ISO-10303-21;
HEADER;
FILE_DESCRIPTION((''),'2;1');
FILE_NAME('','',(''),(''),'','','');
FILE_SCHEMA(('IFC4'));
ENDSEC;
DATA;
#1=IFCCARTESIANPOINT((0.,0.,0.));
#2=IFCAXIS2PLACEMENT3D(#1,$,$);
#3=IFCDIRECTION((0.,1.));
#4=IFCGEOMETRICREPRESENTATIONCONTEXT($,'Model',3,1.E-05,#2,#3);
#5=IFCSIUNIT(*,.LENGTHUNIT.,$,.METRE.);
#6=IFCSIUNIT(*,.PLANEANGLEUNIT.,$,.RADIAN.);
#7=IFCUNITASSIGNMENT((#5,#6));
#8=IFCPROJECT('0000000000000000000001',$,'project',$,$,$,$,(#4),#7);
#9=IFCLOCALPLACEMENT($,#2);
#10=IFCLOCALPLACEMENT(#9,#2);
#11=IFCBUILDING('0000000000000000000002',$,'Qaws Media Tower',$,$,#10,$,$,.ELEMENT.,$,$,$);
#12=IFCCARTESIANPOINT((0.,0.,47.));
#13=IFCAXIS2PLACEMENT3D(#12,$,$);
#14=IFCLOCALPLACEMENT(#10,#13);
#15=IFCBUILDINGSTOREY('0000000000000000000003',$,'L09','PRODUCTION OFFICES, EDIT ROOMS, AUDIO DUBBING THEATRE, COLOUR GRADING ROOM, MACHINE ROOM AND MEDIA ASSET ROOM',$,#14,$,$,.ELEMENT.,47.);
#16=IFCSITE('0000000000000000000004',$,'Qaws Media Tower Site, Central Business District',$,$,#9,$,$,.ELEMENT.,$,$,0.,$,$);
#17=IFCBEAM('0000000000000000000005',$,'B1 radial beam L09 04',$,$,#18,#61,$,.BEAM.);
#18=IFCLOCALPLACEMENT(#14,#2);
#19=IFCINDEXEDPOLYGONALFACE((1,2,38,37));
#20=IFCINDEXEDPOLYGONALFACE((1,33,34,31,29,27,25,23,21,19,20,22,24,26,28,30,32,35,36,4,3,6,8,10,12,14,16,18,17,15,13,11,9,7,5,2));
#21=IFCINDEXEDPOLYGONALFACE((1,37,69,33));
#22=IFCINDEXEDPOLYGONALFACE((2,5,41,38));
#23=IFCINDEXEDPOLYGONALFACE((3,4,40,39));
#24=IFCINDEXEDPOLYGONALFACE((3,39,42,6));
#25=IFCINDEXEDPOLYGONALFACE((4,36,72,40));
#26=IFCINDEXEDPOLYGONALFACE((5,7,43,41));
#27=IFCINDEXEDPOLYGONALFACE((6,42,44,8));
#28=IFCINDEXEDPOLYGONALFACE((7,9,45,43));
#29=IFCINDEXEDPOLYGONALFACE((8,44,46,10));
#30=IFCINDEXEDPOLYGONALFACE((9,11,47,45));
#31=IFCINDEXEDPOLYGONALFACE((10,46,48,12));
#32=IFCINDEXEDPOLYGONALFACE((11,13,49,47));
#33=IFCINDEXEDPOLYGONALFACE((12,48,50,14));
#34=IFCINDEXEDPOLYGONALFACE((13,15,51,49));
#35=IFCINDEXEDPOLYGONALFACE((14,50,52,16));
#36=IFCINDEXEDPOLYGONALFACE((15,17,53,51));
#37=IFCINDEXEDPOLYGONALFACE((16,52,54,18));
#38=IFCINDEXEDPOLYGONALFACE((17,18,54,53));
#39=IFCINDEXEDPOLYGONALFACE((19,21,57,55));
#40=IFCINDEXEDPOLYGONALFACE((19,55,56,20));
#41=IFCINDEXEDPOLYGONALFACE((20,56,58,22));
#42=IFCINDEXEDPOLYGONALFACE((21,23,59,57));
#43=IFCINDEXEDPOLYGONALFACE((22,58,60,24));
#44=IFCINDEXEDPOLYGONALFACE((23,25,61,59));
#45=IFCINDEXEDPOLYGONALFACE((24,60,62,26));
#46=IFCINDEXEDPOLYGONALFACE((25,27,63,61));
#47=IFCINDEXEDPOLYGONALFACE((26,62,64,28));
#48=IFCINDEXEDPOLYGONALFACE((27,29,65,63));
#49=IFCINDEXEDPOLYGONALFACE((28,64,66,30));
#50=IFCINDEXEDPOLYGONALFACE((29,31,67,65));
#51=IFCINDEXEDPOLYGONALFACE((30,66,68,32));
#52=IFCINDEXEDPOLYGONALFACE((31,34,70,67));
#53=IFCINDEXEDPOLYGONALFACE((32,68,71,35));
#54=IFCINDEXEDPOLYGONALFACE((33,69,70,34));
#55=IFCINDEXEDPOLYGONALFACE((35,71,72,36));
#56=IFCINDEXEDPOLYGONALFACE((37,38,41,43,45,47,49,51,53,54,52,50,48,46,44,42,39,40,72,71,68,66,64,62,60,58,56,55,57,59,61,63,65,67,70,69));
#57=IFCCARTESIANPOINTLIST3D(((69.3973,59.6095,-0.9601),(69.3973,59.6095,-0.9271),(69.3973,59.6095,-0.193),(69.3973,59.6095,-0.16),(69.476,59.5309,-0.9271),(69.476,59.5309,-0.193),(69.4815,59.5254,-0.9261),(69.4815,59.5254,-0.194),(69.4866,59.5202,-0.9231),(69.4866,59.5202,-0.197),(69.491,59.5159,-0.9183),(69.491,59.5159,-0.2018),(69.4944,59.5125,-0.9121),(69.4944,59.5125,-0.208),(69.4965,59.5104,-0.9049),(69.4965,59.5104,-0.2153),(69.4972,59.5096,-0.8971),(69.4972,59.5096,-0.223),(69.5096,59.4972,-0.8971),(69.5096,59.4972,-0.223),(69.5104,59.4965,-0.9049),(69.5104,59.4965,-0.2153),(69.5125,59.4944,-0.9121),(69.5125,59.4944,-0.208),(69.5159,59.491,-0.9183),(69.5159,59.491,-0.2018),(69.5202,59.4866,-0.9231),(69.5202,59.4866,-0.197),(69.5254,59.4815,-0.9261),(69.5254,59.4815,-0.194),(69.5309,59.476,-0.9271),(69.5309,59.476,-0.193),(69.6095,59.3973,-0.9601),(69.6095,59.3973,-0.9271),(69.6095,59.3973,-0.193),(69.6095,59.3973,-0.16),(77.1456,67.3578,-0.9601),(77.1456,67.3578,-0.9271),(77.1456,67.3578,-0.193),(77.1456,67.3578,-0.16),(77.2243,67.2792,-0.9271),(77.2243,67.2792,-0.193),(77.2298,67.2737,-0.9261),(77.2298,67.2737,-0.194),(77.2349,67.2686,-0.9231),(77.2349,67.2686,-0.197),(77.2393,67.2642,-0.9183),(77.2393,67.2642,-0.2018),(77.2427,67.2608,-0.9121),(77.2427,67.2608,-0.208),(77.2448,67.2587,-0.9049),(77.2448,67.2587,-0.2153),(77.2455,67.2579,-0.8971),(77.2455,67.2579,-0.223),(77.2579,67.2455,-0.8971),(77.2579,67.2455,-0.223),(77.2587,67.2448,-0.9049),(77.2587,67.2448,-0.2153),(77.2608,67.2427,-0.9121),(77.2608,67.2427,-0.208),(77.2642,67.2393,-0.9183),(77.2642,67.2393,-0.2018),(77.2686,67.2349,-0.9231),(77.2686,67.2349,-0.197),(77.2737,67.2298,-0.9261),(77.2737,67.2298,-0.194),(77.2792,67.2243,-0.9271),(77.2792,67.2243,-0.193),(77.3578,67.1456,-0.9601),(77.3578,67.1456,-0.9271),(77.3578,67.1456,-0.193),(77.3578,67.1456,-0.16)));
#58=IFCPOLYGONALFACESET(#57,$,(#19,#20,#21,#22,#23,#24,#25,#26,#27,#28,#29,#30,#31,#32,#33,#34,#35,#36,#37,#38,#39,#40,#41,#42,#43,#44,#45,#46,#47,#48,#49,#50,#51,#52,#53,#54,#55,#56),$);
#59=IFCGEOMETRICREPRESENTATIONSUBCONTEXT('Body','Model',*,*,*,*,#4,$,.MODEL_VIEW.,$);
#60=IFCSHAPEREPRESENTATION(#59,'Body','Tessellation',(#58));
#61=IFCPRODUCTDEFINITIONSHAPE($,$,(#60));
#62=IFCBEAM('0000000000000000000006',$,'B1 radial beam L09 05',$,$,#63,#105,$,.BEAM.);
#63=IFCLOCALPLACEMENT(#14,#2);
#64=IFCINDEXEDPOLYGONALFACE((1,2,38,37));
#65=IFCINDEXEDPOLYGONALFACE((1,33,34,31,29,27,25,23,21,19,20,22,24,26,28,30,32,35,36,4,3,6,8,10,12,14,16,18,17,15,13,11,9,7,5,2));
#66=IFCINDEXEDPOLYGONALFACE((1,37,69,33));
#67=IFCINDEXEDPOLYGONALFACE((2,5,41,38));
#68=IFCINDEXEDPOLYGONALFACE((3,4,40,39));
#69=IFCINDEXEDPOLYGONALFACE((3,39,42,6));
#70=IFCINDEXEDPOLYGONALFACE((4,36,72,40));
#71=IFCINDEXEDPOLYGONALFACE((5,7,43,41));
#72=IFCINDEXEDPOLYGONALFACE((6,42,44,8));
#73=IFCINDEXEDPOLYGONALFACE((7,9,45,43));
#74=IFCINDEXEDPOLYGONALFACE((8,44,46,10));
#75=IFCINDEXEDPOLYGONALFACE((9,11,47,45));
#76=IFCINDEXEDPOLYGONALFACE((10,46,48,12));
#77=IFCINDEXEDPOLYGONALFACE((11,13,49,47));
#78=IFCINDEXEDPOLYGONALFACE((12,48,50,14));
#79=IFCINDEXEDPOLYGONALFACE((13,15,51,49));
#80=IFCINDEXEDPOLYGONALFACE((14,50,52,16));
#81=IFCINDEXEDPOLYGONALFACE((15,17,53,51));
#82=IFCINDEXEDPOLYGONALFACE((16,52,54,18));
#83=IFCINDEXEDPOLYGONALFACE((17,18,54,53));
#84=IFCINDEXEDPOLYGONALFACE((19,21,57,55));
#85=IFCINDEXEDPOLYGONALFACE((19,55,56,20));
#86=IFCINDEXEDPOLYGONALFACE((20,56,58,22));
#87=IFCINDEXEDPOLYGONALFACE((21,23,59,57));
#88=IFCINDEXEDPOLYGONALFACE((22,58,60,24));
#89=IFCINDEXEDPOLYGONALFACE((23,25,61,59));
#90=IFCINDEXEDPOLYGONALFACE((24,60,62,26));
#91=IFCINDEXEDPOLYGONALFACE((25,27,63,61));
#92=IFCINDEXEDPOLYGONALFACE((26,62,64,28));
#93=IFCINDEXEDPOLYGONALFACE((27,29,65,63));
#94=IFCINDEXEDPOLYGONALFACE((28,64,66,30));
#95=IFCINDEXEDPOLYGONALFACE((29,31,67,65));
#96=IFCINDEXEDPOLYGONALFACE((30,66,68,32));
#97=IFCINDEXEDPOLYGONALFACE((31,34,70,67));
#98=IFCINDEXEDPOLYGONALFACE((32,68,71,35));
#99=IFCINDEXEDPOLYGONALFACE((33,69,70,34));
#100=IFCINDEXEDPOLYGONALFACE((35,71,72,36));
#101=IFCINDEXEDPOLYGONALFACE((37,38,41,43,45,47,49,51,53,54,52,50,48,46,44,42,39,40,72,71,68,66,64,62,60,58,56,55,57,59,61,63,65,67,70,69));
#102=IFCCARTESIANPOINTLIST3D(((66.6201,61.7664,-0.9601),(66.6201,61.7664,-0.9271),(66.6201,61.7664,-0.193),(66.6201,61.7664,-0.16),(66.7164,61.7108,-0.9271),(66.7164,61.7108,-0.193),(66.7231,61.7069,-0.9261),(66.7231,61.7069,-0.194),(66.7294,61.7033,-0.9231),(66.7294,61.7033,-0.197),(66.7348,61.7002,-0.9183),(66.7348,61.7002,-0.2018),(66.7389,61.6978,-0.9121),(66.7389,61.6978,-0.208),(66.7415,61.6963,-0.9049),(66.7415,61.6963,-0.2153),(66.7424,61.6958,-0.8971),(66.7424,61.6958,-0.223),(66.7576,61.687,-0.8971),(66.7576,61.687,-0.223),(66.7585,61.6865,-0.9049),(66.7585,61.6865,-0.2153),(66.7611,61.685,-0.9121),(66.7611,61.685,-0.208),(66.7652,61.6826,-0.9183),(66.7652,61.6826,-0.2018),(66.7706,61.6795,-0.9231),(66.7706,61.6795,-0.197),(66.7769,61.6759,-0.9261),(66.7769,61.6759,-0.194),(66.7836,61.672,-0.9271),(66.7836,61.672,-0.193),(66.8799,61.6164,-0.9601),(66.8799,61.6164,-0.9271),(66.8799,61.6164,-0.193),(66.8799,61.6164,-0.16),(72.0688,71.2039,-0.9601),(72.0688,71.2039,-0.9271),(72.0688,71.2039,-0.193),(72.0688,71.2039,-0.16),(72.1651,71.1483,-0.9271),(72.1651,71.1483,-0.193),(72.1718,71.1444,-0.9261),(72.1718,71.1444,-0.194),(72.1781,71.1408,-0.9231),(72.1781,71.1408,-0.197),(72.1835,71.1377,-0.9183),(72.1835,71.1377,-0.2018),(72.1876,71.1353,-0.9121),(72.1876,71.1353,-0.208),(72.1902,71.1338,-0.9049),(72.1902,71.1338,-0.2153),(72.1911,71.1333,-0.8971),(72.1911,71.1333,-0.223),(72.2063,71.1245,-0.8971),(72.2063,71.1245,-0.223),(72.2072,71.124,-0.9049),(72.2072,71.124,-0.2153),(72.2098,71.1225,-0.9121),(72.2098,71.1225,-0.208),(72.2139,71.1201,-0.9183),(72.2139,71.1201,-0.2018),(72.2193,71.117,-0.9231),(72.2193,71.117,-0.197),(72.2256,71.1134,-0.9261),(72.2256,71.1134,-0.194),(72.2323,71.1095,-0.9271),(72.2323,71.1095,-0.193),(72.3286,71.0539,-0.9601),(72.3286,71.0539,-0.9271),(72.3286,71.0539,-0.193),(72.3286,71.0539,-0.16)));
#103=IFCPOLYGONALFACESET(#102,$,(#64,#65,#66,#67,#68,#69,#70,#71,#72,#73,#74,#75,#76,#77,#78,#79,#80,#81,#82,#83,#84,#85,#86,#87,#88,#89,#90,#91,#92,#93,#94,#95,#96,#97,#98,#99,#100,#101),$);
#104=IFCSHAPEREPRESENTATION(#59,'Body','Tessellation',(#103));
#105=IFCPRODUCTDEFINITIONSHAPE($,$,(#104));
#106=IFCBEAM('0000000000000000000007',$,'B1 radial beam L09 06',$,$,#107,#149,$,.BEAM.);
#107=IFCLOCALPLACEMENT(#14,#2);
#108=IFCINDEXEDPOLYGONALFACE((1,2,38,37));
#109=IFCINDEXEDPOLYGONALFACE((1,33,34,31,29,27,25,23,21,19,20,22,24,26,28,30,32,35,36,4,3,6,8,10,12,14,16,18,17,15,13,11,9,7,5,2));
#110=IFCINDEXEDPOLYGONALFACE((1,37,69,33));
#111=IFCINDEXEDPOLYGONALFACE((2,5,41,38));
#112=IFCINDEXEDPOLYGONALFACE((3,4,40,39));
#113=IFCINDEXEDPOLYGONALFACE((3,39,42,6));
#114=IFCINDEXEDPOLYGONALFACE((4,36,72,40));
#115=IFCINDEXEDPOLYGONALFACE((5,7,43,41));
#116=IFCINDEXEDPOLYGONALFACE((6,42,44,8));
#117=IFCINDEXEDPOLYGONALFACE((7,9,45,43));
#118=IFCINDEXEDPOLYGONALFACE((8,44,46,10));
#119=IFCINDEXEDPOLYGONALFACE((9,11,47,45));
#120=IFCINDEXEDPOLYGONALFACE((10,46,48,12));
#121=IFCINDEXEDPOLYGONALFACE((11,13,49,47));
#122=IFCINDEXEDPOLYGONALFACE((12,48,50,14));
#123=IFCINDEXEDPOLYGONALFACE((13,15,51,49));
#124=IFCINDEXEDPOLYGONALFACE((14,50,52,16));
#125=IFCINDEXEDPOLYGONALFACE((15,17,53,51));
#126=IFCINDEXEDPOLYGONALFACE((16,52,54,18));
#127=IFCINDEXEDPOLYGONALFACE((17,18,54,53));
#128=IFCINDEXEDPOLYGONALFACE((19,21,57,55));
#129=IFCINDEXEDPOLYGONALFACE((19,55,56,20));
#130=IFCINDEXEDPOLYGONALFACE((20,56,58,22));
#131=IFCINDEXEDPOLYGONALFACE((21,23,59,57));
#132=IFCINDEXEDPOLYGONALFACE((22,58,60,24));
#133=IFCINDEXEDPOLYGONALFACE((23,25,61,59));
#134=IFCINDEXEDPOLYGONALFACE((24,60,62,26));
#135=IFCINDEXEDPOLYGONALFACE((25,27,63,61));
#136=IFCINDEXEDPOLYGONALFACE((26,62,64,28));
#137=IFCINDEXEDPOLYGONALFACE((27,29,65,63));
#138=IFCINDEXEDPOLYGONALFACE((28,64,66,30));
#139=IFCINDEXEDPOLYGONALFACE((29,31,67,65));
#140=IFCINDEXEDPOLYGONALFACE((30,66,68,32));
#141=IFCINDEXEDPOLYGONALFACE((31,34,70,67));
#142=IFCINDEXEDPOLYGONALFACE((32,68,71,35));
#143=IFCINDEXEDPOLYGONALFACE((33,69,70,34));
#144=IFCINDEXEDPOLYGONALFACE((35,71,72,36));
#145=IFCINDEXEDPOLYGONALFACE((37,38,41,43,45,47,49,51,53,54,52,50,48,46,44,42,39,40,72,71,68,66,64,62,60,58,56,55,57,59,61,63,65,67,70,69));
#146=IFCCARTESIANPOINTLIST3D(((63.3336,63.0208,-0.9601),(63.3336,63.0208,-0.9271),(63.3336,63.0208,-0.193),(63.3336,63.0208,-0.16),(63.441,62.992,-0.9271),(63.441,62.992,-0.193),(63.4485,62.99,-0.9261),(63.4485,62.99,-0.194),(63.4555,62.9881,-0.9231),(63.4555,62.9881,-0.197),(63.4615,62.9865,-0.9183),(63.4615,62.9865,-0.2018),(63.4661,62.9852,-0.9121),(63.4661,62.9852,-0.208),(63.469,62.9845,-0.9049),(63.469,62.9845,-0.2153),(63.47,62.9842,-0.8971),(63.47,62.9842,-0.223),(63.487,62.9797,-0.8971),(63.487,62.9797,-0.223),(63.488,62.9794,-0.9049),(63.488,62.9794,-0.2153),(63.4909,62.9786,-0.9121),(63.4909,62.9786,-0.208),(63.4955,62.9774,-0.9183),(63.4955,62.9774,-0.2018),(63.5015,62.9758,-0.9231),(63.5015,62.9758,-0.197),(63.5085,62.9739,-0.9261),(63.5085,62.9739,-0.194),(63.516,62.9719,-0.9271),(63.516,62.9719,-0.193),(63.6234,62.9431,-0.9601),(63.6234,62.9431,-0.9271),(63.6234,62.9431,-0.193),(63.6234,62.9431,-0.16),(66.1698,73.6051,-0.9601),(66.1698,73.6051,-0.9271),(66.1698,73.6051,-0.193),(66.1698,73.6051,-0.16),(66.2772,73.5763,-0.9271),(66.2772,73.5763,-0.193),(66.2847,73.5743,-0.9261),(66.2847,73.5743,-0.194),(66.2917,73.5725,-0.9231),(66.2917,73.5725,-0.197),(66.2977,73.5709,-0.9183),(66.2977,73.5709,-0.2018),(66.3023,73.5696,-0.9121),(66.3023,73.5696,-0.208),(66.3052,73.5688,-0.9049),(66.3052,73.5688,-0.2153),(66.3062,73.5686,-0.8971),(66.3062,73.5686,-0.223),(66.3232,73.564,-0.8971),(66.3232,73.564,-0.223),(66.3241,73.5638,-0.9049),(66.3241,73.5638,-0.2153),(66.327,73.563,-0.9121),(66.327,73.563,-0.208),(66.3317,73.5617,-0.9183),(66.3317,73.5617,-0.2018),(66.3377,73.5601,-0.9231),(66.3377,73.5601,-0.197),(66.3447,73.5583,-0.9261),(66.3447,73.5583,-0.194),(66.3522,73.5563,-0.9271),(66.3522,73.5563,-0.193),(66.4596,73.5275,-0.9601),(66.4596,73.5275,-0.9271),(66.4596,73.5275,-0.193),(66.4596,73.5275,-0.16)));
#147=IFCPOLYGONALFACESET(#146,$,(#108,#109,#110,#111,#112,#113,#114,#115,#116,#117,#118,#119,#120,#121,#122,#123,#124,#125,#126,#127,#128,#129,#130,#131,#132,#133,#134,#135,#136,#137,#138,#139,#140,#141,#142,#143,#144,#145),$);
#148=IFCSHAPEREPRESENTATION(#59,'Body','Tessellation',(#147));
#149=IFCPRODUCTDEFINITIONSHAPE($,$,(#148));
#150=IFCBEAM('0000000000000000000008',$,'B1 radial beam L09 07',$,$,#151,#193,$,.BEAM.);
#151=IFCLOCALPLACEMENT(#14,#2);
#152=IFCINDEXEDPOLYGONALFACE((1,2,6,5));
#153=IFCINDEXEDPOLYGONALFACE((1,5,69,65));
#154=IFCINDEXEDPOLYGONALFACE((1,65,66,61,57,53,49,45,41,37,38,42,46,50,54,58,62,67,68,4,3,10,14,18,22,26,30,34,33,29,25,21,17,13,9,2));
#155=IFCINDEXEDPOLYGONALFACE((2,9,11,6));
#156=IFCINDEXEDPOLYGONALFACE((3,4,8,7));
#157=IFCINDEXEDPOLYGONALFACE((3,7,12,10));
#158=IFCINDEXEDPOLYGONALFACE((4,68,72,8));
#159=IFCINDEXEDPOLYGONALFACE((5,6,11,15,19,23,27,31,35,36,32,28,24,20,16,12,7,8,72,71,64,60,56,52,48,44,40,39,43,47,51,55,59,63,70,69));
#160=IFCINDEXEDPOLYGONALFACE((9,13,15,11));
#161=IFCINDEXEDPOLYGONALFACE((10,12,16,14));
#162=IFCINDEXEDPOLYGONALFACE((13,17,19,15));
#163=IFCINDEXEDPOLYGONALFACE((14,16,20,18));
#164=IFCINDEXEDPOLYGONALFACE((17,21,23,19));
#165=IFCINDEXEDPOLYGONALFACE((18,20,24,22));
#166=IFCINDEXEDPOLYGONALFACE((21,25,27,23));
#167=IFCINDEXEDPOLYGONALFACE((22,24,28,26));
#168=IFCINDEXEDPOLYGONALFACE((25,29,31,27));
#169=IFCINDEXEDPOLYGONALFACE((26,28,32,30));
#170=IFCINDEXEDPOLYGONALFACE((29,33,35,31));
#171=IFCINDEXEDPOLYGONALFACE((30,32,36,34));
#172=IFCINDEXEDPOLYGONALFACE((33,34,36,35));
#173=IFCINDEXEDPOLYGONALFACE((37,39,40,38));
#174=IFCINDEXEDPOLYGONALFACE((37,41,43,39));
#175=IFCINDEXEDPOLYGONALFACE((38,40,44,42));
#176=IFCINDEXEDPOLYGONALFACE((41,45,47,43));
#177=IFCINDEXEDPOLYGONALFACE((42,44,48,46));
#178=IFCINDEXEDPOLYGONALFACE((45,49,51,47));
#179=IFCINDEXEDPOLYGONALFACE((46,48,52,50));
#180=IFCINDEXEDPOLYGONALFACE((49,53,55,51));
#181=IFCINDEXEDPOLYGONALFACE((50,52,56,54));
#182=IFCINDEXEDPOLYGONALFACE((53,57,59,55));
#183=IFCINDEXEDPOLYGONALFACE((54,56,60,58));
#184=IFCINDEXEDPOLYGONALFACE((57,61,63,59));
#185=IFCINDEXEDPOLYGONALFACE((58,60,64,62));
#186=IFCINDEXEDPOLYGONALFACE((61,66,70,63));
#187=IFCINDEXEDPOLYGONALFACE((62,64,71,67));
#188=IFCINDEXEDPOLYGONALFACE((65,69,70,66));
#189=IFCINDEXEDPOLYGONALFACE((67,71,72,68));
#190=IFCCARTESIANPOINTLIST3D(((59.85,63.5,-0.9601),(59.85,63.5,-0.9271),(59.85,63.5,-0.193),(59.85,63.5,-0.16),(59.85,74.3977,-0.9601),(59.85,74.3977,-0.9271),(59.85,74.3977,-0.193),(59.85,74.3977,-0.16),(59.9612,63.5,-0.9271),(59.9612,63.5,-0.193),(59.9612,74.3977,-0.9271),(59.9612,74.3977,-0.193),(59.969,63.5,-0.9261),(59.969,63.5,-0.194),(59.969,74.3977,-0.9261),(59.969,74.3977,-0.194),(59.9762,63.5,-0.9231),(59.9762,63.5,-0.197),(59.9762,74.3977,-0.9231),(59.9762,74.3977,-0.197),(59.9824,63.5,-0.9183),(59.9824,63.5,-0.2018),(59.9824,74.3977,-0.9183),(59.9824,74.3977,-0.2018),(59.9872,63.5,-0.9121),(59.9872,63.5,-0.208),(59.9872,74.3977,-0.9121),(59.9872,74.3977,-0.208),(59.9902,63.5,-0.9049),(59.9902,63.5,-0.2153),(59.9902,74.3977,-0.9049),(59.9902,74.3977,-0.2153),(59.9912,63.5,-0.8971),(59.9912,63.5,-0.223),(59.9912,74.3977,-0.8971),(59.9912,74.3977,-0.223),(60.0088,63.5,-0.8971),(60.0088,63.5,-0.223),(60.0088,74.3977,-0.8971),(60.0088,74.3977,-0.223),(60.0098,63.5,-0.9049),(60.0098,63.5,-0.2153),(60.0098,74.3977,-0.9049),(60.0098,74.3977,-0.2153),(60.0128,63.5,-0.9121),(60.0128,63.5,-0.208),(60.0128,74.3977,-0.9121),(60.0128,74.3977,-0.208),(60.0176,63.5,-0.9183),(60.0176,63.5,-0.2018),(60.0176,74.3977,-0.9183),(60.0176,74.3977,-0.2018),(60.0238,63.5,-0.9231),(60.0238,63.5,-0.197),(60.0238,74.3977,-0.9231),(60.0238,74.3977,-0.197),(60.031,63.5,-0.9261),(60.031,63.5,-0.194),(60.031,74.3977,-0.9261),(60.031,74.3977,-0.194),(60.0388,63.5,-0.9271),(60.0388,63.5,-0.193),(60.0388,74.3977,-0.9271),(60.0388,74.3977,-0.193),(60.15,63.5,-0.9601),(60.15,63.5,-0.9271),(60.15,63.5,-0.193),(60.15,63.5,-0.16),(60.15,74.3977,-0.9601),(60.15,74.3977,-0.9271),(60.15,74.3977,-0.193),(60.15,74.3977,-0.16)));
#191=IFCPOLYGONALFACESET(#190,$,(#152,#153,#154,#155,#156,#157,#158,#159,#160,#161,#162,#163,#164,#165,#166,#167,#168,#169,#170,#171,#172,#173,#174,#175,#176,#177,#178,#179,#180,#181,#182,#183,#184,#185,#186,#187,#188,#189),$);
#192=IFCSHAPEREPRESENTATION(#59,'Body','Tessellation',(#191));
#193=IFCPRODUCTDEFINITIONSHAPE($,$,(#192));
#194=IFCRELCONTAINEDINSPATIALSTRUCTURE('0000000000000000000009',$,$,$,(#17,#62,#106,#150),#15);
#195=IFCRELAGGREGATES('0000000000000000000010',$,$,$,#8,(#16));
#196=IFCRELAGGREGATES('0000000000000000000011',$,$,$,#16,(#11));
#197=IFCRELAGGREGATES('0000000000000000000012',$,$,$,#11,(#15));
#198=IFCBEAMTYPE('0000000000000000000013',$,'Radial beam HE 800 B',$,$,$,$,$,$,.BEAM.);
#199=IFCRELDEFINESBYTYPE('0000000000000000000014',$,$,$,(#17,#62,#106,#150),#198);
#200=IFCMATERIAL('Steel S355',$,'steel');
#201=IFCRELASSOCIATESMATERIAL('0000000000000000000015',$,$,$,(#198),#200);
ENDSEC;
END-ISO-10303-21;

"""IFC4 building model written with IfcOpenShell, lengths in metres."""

from ifc_helpers import new_model, si_unit, direction, frame, origin, origin_2d, place, context, subcontext, project, spatial, i_section, extrude, material, material_profile, profile_set, type_object, element, save


model = new_model("IFC4")

# Units and contexts
model_context = context("Model", 3, precision=1e-05, world=origin(), true_north=direction((0.0, 1.0)))
body_context = subcontext(model_context, "Body", "Model", "MODEL_VIEW")
ifc_project = project(units=[si_unit("LENGTHUNIT", "METRE"), si_unit("PLANEANGLEUNIT", "RADIAN")], contexts=[model_context])

# Site, building, storey
site_placement = place(None, origin())
site = spatial("IfcSite", under=ifc_project, at=site_placement, Name="Qaws Media Tower Site, Central Business District", CompositionType="ELEMENT", RefElevation=0.0)
building_placement = place(site_placement, origin())
building = spatial("IfcBuilding", under=site, at=building_placement, Name="Qaws Media Tower", CompositionType="ELEMENT")
storey_placement = place(building_placement, frame((0.0, 0.0, 47.0)))
storey = spatial("IfcBuildingStorey", under=building, at=storey_placement, Name="L09", Description="PRODUCTION OFFICES, EDIT ROOMS, AUDIO DUBBING THEATRE, COLOUR GRADING ROOM, MACHINE ROOM AND MEDIA ASSET ROOM", CompositionType="ELEMENT", Elevation=47.0)

# Beams
ifc_material_1 = material(Name="Steel S355", Category="steel")
ifc_material_profile_1 = material_profile(ifc_material_1, i_section(OverallWidth=0.3, OverallDepth=0.8, WebThickness=0.0176, FlangeThickness=0.033, FilletRadius=0.03, at=origin_2d()), Name="HE 800 B")
ifc_profile_set_1 = profile_set([ifc_material_profile_1], Name="Steel S355")
beam_type_1 = type_object("IfcBeamType", Name="Radial beam HE 800 B", PredefinedType="BEAM", material=ifc_profile_set_1)
beam_1_placement = place(storey_placement, frame((69.5034, 59.5034, -0.5601), z_axis=(0.707107, 0.707107, 0.0), x_axis=(-0.707107, 0.707107, 0.0)))
element("IfcBeam", 1, at=beam_1_placement, inside=storey, type_object=beam_type_1, Name="B1 radial beam L09 04", PredefinedType="BEAM", context=body_context, shape_type="SweptSolid", body=[
    extrude(i_section(OverallWidth=0.3, OverallDepth=0.8, WebThickness=0.0176, FlangeThickness=0.033, FilletRadius=0.03, at=origin_2d()), origin(), (0.0, 0.0, 1.0), 10.9578),
])
beam_2_placement = place(storey_placement, frame((66.75, 61.6914, -0.5601), z_axis=(0.499999, 0.866026, 0.0), x_axis=(-0.866026, 0.499999, 0.0)))
element("IfcBeam", 2, at=beam_2_placement, inside=storey, type_object=beam_type_1, Name="B1 radial beam L09 05", PredefinedType="BEAM", context=body_context, shape_type="SweptSolid", body=[
    extrude(i_section(OverallWidth=0.3, OverallDepth=0.8, WebThickness=0.0176, FlangeThickness=0.033, FilletRadius=0.03, at=origin_2d()), origin(), (0.0, 0.0, 1.0), 10.8975),
])
beam_3_placement = place(storey_placement, frame((63.4785, 62.9819, -0.5601), z_axis=(0.258826, 0.965924, 0.0), x_axis=(-0.965924, 0.258826, 0.0)))
element("IfcBeam", 3, at=beam_3_placement, inside=storey, type_object=beam_type_1, Name="B1 radial beam L09 06", PredefinedType="BEAM", context=body_context, shape_type="SweptSolid", body=[
    extrude(i_section(OverallWidth=0.3, OverallDepth=0.8, WebThickness=0.0176, FlangeThickness=0.033, FilletRadius=0.03, at=origin_2d()), origin(), (0.0, 0.0, 1.0), 10.9578),
])
beam_4_placement = place(storey_placement, frame((60.0, 63.5, -0.5601), z_axis=(0.0, 1.0, 0.0), x_axis=(-1.0, 0.0, 0.0)))
element("IfcBeam", 4, at=beam_4_placement, inside=storey, type_object=beam_type_1, Name="B1 radial beam L09 07", PredefinedType="BEAM", context=body_context, shape_type="SweptSolid", body=[
    extrude(i_section(OverallWidth=0.3, OverallDepth=0.8, WebThickness=0.0176, FlangeThickness=0.033, FilletRadius=0.03, at=origin_2d()), origin(), (0.0, 0.0, 1.0), 10.8977),
])

save(model, "model.ifc")
